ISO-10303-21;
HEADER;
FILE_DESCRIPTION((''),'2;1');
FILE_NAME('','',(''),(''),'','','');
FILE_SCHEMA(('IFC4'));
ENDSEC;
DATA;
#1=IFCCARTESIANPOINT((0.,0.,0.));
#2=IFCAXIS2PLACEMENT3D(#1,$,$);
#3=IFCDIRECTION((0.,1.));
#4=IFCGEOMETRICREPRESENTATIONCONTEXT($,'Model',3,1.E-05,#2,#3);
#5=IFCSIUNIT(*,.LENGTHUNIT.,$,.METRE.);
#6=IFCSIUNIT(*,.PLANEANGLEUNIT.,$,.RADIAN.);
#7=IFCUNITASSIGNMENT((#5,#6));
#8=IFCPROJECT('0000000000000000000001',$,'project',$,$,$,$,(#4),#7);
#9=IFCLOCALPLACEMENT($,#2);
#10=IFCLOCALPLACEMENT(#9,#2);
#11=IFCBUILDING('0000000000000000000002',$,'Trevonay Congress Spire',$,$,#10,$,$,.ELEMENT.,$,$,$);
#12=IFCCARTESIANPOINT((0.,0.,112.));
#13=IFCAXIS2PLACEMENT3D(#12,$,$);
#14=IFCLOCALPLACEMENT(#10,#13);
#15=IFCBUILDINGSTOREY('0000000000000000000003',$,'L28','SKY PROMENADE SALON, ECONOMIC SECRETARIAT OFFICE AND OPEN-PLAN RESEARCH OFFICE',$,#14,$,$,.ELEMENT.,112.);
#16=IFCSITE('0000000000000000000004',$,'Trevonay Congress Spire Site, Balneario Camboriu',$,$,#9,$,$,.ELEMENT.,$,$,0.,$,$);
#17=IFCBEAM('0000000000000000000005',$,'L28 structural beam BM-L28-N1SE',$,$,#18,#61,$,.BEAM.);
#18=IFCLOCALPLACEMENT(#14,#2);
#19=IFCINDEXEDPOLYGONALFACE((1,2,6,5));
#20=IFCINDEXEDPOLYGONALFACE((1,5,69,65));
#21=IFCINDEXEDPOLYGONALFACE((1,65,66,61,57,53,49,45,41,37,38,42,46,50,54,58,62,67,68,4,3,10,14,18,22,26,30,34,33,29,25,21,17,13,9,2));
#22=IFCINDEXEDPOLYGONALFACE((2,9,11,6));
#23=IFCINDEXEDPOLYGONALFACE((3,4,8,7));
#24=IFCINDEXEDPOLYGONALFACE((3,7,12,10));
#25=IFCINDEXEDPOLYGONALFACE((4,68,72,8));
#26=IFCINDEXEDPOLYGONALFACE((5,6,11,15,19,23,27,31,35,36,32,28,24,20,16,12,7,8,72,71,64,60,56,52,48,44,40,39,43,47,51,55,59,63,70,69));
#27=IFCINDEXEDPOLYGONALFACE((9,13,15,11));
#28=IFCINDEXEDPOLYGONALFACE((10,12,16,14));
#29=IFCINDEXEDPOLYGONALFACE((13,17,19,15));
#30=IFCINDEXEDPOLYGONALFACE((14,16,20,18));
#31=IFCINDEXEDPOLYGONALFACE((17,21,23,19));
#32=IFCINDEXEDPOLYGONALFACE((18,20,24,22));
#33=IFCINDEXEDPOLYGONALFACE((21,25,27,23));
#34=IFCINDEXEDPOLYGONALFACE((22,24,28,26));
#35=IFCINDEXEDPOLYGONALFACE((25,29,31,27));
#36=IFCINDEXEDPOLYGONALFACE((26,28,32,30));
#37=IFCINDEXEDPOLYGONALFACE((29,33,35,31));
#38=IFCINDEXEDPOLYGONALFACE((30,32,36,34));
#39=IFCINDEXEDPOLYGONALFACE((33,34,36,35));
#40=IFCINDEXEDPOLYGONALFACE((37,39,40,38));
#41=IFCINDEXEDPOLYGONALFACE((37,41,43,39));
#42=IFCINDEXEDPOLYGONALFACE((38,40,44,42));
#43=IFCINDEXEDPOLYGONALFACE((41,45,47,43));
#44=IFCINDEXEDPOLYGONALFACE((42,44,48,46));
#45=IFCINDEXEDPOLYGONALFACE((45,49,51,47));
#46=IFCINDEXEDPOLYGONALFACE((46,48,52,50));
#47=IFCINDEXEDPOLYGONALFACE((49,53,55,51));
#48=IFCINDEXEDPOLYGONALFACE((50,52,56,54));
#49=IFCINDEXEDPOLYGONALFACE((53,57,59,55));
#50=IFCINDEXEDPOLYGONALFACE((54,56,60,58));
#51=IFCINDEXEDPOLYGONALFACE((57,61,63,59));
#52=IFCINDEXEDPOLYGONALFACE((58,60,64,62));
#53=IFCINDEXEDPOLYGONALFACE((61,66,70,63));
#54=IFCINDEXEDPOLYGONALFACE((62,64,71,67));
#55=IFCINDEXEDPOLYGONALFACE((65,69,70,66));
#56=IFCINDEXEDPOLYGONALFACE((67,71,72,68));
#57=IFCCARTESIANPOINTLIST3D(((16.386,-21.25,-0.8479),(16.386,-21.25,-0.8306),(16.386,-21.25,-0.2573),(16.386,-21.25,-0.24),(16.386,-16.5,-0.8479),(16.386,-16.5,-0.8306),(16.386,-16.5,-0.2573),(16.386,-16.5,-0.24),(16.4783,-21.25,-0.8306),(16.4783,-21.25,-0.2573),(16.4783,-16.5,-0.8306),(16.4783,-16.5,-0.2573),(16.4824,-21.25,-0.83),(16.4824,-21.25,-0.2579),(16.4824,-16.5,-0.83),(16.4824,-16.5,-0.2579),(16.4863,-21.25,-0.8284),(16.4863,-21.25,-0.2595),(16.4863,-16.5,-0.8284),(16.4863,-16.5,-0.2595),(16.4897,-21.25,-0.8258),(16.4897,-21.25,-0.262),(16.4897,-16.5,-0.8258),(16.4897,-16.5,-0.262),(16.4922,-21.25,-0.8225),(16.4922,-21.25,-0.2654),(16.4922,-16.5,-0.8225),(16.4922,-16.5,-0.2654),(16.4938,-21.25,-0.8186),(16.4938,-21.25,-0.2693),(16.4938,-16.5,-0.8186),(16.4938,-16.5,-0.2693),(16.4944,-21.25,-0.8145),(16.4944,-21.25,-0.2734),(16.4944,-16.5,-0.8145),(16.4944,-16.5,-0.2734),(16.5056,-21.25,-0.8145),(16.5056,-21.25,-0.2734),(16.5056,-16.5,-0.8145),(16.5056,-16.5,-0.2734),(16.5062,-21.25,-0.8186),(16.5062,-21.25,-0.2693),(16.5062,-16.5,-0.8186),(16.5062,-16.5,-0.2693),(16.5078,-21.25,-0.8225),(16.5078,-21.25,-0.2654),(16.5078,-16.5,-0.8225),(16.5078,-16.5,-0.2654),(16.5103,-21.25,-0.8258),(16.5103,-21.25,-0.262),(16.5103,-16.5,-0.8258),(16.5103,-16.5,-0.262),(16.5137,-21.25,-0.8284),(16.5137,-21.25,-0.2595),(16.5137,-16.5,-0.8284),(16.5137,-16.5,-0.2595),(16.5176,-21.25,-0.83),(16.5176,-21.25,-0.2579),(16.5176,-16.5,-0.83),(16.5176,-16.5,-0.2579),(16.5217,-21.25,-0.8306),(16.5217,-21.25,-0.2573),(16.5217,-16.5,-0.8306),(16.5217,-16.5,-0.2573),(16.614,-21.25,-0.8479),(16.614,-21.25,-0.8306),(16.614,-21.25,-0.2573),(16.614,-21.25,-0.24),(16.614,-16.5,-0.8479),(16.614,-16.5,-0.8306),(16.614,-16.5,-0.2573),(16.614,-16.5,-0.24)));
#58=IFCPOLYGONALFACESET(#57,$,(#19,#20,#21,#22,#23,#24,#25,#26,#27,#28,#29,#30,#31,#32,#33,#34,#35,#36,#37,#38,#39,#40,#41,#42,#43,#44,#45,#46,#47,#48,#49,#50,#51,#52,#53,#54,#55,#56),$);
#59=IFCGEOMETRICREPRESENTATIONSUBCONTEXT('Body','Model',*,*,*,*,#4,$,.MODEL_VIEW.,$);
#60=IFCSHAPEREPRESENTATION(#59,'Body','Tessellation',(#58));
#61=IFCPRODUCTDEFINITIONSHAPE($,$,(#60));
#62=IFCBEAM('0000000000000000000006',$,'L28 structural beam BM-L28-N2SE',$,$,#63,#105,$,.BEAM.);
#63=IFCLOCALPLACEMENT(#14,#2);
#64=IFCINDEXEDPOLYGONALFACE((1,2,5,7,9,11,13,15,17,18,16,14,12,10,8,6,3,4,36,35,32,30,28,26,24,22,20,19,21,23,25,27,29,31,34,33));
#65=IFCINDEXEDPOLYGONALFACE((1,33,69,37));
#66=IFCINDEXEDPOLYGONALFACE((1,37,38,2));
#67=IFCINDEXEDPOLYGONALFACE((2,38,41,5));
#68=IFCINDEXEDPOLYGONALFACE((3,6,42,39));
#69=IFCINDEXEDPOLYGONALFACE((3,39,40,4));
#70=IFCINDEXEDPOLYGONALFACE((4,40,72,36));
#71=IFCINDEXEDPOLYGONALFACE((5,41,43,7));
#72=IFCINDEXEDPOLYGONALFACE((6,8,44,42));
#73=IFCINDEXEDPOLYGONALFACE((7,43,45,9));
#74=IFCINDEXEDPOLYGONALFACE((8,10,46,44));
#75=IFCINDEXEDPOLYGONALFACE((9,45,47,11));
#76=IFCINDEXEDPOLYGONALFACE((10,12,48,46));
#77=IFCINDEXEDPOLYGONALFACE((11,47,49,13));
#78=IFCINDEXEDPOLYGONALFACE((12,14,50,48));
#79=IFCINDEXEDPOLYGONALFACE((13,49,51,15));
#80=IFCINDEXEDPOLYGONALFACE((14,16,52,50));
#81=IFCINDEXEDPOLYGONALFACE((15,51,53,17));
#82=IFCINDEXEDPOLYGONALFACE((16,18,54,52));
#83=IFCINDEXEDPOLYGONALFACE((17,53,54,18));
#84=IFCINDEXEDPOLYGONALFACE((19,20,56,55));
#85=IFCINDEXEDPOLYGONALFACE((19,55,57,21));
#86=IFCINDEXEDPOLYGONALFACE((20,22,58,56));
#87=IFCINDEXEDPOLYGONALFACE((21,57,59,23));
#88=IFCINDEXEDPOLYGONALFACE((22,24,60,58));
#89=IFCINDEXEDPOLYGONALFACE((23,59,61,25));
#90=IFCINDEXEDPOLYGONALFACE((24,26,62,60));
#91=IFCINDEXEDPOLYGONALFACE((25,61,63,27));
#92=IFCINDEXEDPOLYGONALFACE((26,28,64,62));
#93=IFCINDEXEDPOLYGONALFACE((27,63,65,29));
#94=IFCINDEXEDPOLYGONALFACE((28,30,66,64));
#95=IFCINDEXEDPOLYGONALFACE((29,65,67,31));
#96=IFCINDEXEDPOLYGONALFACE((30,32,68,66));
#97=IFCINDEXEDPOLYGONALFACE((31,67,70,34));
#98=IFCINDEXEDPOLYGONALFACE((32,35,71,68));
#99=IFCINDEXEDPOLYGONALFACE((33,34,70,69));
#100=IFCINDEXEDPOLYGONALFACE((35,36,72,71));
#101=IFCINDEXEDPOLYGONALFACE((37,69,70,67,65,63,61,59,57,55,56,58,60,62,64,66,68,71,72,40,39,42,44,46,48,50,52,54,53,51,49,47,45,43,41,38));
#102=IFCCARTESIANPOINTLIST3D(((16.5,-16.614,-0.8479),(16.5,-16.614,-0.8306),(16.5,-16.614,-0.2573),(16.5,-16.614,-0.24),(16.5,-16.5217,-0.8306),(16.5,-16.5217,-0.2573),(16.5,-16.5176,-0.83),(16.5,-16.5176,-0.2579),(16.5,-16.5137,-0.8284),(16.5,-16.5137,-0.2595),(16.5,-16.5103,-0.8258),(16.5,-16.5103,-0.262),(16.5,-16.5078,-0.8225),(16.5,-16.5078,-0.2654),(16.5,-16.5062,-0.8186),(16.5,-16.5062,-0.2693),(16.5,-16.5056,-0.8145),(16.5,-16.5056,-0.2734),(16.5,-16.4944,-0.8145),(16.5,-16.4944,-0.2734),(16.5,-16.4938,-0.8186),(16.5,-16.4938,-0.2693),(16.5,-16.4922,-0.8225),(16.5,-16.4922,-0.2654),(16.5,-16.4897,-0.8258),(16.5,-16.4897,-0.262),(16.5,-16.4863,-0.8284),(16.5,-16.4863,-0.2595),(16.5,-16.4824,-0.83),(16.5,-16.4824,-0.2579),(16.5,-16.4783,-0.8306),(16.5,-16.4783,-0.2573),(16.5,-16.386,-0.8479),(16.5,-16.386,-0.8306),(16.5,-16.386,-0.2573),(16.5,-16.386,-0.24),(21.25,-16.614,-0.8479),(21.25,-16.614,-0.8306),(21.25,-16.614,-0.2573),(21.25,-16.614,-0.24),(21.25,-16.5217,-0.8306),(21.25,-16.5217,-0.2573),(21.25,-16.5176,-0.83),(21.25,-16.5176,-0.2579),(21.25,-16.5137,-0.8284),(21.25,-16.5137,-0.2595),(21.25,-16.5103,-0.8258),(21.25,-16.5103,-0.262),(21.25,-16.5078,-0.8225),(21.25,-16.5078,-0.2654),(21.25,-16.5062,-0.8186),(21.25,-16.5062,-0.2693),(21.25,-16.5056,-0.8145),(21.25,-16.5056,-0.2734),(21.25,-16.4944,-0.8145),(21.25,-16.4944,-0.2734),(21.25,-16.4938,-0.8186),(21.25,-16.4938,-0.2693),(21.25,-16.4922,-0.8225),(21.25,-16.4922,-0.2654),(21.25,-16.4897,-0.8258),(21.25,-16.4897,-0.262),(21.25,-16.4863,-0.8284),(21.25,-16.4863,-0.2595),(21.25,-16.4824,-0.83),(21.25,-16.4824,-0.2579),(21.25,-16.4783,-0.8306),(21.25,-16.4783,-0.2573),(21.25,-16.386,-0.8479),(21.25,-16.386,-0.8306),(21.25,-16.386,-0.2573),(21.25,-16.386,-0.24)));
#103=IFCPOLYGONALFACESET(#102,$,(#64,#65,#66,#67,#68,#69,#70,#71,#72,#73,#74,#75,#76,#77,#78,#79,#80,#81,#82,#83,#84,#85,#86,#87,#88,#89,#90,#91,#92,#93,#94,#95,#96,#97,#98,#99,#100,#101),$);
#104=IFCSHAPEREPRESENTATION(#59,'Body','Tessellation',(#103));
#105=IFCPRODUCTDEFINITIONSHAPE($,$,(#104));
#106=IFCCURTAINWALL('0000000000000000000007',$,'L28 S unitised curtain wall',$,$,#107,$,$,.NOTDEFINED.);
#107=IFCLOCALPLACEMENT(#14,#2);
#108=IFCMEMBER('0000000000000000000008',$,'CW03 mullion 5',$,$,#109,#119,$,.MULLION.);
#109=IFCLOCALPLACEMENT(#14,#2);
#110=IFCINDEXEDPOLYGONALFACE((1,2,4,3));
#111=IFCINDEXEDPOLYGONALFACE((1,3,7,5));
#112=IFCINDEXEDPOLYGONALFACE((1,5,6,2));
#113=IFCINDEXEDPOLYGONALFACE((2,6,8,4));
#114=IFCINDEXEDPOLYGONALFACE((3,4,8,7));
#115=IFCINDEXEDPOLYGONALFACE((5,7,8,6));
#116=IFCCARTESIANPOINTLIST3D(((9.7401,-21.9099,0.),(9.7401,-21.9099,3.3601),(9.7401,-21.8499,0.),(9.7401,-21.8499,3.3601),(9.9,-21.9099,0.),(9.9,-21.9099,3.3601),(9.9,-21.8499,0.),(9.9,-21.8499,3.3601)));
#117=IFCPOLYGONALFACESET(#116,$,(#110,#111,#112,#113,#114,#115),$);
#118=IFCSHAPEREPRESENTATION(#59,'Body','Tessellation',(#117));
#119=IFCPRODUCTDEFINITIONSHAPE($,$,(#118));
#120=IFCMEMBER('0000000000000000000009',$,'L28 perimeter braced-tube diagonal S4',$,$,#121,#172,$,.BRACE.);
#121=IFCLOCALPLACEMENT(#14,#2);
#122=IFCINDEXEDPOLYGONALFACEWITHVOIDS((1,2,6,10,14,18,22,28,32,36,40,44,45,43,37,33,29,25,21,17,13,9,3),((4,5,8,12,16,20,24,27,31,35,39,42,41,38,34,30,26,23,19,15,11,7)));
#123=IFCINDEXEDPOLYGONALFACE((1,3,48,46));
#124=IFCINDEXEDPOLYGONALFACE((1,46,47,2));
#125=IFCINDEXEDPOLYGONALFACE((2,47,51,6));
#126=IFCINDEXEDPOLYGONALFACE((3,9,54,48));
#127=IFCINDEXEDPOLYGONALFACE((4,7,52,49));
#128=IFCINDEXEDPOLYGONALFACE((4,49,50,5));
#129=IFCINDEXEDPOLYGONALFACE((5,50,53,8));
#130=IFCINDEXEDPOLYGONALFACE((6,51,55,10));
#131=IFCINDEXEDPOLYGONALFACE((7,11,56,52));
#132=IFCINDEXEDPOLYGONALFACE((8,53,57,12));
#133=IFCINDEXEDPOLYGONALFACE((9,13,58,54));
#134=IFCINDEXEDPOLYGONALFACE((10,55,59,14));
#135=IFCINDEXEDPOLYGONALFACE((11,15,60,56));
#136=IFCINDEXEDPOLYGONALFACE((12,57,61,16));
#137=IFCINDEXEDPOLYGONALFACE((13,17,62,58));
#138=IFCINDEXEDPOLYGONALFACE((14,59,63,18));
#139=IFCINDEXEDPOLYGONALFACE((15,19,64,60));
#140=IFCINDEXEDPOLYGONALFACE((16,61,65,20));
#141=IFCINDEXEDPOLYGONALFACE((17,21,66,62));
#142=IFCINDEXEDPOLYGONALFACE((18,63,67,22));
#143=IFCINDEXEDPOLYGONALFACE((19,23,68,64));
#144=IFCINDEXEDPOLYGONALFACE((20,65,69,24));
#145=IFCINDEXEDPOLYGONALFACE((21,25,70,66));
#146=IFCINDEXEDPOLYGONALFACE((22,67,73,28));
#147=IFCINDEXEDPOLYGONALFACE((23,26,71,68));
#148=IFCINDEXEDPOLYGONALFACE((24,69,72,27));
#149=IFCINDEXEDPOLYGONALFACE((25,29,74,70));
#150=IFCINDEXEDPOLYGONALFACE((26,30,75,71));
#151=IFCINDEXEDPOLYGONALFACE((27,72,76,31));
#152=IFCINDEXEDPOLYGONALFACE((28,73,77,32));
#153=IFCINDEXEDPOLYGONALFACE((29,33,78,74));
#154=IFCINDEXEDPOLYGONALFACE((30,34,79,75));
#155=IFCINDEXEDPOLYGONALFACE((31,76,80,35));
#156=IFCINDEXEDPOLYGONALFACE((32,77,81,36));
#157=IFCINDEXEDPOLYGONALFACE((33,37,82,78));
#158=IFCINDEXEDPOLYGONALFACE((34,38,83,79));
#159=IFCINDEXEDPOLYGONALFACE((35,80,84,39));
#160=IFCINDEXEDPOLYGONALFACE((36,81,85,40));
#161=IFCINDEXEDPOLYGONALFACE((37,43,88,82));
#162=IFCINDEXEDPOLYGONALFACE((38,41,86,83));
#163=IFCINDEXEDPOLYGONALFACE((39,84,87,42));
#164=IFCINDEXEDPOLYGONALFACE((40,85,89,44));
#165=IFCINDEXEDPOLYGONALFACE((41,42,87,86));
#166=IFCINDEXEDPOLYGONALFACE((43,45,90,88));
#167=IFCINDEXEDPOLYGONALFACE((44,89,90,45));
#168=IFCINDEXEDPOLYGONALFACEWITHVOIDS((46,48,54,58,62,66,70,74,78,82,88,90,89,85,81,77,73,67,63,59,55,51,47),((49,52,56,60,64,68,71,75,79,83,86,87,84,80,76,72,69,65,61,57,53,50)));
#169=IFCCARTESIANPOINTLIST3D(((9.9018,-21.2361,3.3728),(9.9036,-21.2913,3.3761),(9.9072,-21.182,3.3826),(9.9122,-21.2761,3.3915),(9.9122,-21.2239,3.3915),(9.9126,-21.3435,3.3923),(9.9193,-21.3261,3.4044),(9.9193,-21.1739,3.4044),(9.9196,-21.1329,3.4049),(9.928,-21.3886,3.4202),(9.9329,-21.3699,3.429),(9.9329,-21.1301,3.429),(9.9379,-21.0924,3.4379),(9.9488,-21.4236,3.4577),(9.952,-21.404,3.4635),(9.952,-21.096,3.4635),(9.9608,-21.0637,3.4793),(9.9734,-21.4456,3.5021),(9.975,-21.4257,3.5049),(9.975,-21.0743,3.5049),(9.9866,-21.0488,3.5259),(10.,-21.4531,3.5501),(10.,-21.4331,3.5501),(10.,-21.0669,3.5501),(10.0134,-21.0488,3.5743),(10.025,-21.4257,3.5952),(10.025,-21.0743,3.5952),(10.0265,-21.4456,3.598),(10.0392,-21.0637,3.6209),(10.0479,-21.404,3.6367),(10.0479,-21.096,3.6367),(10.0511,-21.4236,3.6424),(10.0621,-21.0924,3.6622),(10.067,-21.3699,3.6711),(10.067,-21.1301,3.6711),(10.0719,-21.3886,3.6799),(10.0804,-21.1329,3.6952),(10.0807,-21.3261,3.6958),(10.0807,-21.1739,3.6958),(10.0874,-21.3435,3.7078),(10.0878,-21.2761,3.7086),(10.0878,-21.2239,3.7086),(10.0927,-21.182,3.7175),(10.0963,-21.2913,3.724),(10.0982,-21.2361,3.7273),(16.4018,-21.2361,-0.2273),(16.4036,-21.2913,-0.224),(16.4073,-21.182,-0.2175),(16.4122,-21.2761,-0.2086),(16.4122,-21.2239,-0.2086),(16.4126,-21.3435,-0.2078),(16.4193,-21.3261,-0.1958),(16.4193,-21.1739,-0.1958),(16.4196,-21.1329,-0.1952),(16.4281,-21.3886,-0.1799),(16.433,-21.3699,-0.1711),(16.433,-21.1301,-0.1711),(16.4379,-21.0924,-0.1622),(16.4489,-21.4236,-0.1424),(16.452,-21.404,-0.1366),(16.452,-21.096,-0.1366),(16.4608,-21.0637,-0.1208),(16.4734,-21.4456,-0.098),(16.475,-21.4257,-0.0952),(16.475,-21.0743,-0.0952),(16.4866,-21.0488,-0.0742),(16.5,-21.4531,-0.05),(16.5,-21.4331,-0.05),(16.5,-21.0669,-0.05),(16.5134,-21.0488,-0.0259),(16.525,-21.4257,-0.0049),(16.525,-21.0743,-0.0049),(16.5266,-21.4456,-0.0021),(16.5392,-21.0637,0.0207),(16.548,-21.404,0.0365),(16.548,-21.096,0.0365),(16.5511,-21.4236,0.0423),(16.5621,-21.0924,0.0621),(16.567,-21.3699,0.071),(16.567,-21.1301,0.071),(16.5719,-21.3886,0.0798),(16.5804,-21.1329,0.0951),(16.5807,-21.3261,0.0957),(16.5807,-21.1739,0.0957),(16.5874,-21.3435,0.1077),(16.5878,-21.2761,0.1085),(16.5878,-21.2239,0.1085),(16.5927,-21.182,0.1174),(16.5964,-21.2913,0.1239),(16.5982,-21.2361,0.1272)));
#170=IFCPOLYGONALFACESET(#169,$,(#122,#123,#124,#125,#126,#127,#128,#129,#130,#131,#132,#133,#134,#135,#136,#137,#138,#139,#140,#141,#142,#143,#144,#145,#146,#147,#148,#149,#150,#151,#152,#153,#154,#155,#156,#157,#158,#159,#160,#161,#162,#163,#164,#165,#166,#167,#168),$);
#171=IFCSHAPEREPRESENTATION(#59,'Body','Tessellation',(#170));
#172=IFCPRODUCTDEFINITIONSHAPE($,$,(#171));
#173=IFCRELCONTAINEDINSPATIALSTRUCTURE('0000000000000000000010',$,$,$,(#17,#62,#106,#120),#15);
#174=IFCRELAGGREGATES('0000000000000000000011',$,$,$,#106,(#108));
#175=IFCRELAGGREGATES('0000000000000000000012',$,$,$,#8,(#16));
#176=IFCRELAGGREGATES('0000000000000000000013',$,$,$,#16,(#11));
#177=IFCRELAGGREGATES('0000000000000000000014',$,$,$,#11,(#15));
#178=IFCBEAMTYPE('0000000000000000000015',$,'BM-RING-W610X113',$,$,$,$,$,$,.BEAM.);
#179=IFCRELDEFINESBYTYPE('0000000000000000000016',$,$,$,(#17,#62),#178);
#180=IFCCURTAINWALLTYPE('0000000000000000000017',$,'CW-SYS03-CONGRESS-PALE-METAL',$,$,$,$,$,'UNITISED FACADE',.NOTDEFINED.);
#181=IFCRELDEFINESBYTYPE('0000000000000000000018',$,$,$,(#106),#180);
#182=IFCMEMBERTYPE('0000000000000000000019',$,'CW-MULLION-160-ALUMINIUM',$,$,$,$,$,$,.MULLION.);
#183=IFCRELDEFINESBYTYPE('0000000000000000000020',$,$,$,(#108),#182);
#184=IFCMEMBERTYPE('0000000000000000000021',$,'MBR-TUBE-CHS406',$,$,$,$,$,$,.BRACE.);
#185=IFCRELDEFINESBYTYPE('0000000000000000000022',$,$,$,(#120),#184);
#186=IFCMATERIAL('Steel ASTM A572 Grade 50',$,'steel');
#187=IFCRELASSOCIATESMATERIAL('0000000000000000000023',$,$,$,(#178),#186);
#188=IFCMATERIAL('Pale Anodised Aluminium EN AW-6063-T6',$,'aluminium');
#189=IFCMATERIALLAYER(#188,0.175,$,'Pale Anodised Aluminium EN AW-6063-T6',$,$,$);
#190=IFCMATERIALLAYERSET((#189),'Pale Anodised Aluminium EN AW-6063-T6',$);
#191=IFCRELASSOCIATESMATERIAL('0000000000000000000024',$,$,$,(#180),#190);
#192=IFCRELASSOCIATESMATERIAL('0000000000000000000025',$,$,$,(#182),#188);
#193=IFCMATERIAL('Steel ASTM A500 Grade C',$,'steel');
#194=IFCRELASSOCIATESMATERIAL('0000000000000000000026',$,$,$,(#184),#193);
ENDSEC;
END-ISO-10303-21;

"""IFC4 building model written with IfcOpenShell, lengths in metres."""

from ifc_helpers import new_model, si_unit, direction, frame, origin, origin_2d, place, context, subcontext, project, spatial, rectangle, hollow_circle, i_section, extrude, material, layer, layer_set, material_profile, profile_set, type_object, element, aggregate, save


model = new_model("IFC4")

# Units and contexts
model_context = context("Model", 3, precision=1e-05, world=origin(), true_north=direction((0.0, 1.0)))
body_context = subcontext(model_context, "Body", "Model", "MODEL_VIEW")
ifc_project = project(units=[si_unit("LENGTHUNIT", "METRE"), si_unit("PLANEANGLEUNIT", "RADIAN")], contexts=[model_context])

# Site, building, storey
site_placement = place(None, origin())
site = spatial("IfcSite", under=ifc_project, at=site_placement, Name="Trevonay Congress Spire Site, Balneario Camboriu", CompositionType="ELEMENT", RefElevation=0.0)
building_placement = place(site_placement, origin())
building = spatial("IfcBuilding", under=site, at=building_placement, Name="Trevonay Congress Spire", CompositionType="ELEMENT")
storey_placement = place(building_placement, frame((0.0, 0.0, 112.0)))
storey = spatial("IfcBuildingStorey", under=building, at=storey_placement, Name="L28", Description="SKY PROMENADE SALON, ECONOMIC SECRETARIAT OFFICE AND OPEN-PLAN RESEARCH OFFICE", CompositionType="ELEMENT", Elevation=112.0)

# Shared definitions
ifc_material_1 = material(Name="Steel ASTM A572 Grade 50", Category="steel")

# Beams
ifc_material_profile_1 = material_profile(ifc_material_1, i_section(OverallWidth=0.228, OverallDepth=0.6079, WebThickness=0.0112, FlangeThickness=0.0173, FilletRadius=0.0161, at=origin_2d()), Name="W610x113")
ifc_profile_set_1 = profile_set([ifc_material_profile_1], Name="Steel ASTM A572 Grade 50")
beam_type = type_object("IfcBeamType", Name="BM-RING-W610X113", PredefinedType="BEAM", material=ifc_profile_set_1)
for number, where, z_axis, x_axis, name in (
    (1, (16.5, -21.25, -0.5439), (0.0, 1.0, 0.0), (-1.0, 0.0, 0.0), "L28 structural beam BM-L28-N1SE"),
    (2, (21.25, -16.5, -0.5439), (-1.0, 0.0, 0.0), (0.0, -1.0, 0.0), "L28 structural beam BM-L28-N2SE"),
):
    element("IfcBeam", number, at=place(storey_placement, frame(where, z_axis=z_axis, x_axis=x_axis)), inside=storey, type_object=beam_type, Name=name, PredefinedType="BEAM", context=body_context, shape_type="SweptSolid", body=[
        extrude(i_section(OverallWidth=0.228, OverallDepth=0.6079, WebThickness=0.0112, FlangeThickness=0.0173, FilletRadius=0.0161, at=origin_2d()), origin(), (0.0, 0.0, 1.0), 4.75),
    ])

# Curtain wall, member
ifc_material_2 = material(Name="Pale Anodised Aluminium EN AW-6063-T6", Category="aluminium")
ifc_layer_1 = layer(ifc_material_2, 0.175, Name="Pale Anodised Aluminium EN AW-6063-T6")
ifc_layer_set_1 = layer_set([ifc_layer_1], Name="Pale Anodised Aluminium EN AW-6063-T6")
curtain_wall_type = type_object("IfcCurtainWallType", Name="CW-SYS03-CONGRESS-PALE-METAL", ElementType="UNITISED FACADE", PredefinedType="NOTDEFINED", material=ifc_layer_set_1)
curtain_wall_placement = place(storey_placement, origin())
curtain_wall = element("IfcCurtainWall", 3, at=curtain_wall_placement, inside=storey, type_object=curtain_wall_type, Name="L28 S unitised curtain wall", PredefinedType="NOTDEFINED")
ifc_material_profile_2 = material_profile(ifc_material_2, rectangle(XDim=0.0601, YDim=0.1599, at=origin_2d()), Name="CW-MULLION-160-ALUMINIUM")
ifc_profile_set_2 = profile_set([ifc_material_profile_2], Name="Pale Anodised Aluminium EN AW-6063-T6")
member_type_1 = type_object("IfcMemberType", Name="CW-MULLION-160-ALUMINIUM", PredefinedType="MULLION", material=ifc_profile_set_2)
member_placement = place(storey_placement, frame((9.8201, -21.8799, 0.0), z_axis=(0.0, 0.0, 1.0), x_axis=(0.0, 1.0, 0.0)))
member = element("IfcMember", 4, at=member_placement, type_object=member_type_1, Name="CW03 mullion 5", PredefinedType="MULLION", context=body_context, shape_type="SweptSolid", body=[
    extrude(rectangle(XDim=0.0601, YDim=0.1599, at=origin_2d()), origin(), (0.0, 0.0, 1.0), 3.3601),
])
aggregate(curtain_wall, [member])

# Member
ifc_material_3 = material(Name="Steel ASTM A500 Grade C", Category="steel")
ifc_material_profile_3 = material_profile(ifc_material_3, hollow_circle(Radius=0.2031, WallThickness=0.02, at=origin_2d()), Name="CHS 406.4x20")
ifc_profile_set_3 = profile_set([ifc_material_profile_3], Name="Steel ASTM A500 Grade C")
member_type_2 = type_object("IfcMemberType", Name="MBR-TUBE-CHS406", PredefinedType="BRACE", material=ifc_profile_set_3)
for number, where, z_axis, x_axis, name in (
    (5, (16.5, -21.25, -0.05), (-0.874786, 0.0, 0.48451), (0.0, -1.0, 0.0), "L28 perimeter braced-tube diagonal S4"),
):
    element("IfcMember", number, at=place(storey_placement, frame(where, z_axis=z_axis, x_axis=x_axis)), inside=storey, type_object=member_type_2, Name=name, PredefinedType="BRACE", context=body_context, shape_type="SweptSolid", body=[
        extrude(hollow_circle(Radius=0.2031, WallThickness=0.02, at=origin_2d()), origin(), (0.0, 0.0, 1.0), 7.4304),
    ])

save(model, "model.ifc")
